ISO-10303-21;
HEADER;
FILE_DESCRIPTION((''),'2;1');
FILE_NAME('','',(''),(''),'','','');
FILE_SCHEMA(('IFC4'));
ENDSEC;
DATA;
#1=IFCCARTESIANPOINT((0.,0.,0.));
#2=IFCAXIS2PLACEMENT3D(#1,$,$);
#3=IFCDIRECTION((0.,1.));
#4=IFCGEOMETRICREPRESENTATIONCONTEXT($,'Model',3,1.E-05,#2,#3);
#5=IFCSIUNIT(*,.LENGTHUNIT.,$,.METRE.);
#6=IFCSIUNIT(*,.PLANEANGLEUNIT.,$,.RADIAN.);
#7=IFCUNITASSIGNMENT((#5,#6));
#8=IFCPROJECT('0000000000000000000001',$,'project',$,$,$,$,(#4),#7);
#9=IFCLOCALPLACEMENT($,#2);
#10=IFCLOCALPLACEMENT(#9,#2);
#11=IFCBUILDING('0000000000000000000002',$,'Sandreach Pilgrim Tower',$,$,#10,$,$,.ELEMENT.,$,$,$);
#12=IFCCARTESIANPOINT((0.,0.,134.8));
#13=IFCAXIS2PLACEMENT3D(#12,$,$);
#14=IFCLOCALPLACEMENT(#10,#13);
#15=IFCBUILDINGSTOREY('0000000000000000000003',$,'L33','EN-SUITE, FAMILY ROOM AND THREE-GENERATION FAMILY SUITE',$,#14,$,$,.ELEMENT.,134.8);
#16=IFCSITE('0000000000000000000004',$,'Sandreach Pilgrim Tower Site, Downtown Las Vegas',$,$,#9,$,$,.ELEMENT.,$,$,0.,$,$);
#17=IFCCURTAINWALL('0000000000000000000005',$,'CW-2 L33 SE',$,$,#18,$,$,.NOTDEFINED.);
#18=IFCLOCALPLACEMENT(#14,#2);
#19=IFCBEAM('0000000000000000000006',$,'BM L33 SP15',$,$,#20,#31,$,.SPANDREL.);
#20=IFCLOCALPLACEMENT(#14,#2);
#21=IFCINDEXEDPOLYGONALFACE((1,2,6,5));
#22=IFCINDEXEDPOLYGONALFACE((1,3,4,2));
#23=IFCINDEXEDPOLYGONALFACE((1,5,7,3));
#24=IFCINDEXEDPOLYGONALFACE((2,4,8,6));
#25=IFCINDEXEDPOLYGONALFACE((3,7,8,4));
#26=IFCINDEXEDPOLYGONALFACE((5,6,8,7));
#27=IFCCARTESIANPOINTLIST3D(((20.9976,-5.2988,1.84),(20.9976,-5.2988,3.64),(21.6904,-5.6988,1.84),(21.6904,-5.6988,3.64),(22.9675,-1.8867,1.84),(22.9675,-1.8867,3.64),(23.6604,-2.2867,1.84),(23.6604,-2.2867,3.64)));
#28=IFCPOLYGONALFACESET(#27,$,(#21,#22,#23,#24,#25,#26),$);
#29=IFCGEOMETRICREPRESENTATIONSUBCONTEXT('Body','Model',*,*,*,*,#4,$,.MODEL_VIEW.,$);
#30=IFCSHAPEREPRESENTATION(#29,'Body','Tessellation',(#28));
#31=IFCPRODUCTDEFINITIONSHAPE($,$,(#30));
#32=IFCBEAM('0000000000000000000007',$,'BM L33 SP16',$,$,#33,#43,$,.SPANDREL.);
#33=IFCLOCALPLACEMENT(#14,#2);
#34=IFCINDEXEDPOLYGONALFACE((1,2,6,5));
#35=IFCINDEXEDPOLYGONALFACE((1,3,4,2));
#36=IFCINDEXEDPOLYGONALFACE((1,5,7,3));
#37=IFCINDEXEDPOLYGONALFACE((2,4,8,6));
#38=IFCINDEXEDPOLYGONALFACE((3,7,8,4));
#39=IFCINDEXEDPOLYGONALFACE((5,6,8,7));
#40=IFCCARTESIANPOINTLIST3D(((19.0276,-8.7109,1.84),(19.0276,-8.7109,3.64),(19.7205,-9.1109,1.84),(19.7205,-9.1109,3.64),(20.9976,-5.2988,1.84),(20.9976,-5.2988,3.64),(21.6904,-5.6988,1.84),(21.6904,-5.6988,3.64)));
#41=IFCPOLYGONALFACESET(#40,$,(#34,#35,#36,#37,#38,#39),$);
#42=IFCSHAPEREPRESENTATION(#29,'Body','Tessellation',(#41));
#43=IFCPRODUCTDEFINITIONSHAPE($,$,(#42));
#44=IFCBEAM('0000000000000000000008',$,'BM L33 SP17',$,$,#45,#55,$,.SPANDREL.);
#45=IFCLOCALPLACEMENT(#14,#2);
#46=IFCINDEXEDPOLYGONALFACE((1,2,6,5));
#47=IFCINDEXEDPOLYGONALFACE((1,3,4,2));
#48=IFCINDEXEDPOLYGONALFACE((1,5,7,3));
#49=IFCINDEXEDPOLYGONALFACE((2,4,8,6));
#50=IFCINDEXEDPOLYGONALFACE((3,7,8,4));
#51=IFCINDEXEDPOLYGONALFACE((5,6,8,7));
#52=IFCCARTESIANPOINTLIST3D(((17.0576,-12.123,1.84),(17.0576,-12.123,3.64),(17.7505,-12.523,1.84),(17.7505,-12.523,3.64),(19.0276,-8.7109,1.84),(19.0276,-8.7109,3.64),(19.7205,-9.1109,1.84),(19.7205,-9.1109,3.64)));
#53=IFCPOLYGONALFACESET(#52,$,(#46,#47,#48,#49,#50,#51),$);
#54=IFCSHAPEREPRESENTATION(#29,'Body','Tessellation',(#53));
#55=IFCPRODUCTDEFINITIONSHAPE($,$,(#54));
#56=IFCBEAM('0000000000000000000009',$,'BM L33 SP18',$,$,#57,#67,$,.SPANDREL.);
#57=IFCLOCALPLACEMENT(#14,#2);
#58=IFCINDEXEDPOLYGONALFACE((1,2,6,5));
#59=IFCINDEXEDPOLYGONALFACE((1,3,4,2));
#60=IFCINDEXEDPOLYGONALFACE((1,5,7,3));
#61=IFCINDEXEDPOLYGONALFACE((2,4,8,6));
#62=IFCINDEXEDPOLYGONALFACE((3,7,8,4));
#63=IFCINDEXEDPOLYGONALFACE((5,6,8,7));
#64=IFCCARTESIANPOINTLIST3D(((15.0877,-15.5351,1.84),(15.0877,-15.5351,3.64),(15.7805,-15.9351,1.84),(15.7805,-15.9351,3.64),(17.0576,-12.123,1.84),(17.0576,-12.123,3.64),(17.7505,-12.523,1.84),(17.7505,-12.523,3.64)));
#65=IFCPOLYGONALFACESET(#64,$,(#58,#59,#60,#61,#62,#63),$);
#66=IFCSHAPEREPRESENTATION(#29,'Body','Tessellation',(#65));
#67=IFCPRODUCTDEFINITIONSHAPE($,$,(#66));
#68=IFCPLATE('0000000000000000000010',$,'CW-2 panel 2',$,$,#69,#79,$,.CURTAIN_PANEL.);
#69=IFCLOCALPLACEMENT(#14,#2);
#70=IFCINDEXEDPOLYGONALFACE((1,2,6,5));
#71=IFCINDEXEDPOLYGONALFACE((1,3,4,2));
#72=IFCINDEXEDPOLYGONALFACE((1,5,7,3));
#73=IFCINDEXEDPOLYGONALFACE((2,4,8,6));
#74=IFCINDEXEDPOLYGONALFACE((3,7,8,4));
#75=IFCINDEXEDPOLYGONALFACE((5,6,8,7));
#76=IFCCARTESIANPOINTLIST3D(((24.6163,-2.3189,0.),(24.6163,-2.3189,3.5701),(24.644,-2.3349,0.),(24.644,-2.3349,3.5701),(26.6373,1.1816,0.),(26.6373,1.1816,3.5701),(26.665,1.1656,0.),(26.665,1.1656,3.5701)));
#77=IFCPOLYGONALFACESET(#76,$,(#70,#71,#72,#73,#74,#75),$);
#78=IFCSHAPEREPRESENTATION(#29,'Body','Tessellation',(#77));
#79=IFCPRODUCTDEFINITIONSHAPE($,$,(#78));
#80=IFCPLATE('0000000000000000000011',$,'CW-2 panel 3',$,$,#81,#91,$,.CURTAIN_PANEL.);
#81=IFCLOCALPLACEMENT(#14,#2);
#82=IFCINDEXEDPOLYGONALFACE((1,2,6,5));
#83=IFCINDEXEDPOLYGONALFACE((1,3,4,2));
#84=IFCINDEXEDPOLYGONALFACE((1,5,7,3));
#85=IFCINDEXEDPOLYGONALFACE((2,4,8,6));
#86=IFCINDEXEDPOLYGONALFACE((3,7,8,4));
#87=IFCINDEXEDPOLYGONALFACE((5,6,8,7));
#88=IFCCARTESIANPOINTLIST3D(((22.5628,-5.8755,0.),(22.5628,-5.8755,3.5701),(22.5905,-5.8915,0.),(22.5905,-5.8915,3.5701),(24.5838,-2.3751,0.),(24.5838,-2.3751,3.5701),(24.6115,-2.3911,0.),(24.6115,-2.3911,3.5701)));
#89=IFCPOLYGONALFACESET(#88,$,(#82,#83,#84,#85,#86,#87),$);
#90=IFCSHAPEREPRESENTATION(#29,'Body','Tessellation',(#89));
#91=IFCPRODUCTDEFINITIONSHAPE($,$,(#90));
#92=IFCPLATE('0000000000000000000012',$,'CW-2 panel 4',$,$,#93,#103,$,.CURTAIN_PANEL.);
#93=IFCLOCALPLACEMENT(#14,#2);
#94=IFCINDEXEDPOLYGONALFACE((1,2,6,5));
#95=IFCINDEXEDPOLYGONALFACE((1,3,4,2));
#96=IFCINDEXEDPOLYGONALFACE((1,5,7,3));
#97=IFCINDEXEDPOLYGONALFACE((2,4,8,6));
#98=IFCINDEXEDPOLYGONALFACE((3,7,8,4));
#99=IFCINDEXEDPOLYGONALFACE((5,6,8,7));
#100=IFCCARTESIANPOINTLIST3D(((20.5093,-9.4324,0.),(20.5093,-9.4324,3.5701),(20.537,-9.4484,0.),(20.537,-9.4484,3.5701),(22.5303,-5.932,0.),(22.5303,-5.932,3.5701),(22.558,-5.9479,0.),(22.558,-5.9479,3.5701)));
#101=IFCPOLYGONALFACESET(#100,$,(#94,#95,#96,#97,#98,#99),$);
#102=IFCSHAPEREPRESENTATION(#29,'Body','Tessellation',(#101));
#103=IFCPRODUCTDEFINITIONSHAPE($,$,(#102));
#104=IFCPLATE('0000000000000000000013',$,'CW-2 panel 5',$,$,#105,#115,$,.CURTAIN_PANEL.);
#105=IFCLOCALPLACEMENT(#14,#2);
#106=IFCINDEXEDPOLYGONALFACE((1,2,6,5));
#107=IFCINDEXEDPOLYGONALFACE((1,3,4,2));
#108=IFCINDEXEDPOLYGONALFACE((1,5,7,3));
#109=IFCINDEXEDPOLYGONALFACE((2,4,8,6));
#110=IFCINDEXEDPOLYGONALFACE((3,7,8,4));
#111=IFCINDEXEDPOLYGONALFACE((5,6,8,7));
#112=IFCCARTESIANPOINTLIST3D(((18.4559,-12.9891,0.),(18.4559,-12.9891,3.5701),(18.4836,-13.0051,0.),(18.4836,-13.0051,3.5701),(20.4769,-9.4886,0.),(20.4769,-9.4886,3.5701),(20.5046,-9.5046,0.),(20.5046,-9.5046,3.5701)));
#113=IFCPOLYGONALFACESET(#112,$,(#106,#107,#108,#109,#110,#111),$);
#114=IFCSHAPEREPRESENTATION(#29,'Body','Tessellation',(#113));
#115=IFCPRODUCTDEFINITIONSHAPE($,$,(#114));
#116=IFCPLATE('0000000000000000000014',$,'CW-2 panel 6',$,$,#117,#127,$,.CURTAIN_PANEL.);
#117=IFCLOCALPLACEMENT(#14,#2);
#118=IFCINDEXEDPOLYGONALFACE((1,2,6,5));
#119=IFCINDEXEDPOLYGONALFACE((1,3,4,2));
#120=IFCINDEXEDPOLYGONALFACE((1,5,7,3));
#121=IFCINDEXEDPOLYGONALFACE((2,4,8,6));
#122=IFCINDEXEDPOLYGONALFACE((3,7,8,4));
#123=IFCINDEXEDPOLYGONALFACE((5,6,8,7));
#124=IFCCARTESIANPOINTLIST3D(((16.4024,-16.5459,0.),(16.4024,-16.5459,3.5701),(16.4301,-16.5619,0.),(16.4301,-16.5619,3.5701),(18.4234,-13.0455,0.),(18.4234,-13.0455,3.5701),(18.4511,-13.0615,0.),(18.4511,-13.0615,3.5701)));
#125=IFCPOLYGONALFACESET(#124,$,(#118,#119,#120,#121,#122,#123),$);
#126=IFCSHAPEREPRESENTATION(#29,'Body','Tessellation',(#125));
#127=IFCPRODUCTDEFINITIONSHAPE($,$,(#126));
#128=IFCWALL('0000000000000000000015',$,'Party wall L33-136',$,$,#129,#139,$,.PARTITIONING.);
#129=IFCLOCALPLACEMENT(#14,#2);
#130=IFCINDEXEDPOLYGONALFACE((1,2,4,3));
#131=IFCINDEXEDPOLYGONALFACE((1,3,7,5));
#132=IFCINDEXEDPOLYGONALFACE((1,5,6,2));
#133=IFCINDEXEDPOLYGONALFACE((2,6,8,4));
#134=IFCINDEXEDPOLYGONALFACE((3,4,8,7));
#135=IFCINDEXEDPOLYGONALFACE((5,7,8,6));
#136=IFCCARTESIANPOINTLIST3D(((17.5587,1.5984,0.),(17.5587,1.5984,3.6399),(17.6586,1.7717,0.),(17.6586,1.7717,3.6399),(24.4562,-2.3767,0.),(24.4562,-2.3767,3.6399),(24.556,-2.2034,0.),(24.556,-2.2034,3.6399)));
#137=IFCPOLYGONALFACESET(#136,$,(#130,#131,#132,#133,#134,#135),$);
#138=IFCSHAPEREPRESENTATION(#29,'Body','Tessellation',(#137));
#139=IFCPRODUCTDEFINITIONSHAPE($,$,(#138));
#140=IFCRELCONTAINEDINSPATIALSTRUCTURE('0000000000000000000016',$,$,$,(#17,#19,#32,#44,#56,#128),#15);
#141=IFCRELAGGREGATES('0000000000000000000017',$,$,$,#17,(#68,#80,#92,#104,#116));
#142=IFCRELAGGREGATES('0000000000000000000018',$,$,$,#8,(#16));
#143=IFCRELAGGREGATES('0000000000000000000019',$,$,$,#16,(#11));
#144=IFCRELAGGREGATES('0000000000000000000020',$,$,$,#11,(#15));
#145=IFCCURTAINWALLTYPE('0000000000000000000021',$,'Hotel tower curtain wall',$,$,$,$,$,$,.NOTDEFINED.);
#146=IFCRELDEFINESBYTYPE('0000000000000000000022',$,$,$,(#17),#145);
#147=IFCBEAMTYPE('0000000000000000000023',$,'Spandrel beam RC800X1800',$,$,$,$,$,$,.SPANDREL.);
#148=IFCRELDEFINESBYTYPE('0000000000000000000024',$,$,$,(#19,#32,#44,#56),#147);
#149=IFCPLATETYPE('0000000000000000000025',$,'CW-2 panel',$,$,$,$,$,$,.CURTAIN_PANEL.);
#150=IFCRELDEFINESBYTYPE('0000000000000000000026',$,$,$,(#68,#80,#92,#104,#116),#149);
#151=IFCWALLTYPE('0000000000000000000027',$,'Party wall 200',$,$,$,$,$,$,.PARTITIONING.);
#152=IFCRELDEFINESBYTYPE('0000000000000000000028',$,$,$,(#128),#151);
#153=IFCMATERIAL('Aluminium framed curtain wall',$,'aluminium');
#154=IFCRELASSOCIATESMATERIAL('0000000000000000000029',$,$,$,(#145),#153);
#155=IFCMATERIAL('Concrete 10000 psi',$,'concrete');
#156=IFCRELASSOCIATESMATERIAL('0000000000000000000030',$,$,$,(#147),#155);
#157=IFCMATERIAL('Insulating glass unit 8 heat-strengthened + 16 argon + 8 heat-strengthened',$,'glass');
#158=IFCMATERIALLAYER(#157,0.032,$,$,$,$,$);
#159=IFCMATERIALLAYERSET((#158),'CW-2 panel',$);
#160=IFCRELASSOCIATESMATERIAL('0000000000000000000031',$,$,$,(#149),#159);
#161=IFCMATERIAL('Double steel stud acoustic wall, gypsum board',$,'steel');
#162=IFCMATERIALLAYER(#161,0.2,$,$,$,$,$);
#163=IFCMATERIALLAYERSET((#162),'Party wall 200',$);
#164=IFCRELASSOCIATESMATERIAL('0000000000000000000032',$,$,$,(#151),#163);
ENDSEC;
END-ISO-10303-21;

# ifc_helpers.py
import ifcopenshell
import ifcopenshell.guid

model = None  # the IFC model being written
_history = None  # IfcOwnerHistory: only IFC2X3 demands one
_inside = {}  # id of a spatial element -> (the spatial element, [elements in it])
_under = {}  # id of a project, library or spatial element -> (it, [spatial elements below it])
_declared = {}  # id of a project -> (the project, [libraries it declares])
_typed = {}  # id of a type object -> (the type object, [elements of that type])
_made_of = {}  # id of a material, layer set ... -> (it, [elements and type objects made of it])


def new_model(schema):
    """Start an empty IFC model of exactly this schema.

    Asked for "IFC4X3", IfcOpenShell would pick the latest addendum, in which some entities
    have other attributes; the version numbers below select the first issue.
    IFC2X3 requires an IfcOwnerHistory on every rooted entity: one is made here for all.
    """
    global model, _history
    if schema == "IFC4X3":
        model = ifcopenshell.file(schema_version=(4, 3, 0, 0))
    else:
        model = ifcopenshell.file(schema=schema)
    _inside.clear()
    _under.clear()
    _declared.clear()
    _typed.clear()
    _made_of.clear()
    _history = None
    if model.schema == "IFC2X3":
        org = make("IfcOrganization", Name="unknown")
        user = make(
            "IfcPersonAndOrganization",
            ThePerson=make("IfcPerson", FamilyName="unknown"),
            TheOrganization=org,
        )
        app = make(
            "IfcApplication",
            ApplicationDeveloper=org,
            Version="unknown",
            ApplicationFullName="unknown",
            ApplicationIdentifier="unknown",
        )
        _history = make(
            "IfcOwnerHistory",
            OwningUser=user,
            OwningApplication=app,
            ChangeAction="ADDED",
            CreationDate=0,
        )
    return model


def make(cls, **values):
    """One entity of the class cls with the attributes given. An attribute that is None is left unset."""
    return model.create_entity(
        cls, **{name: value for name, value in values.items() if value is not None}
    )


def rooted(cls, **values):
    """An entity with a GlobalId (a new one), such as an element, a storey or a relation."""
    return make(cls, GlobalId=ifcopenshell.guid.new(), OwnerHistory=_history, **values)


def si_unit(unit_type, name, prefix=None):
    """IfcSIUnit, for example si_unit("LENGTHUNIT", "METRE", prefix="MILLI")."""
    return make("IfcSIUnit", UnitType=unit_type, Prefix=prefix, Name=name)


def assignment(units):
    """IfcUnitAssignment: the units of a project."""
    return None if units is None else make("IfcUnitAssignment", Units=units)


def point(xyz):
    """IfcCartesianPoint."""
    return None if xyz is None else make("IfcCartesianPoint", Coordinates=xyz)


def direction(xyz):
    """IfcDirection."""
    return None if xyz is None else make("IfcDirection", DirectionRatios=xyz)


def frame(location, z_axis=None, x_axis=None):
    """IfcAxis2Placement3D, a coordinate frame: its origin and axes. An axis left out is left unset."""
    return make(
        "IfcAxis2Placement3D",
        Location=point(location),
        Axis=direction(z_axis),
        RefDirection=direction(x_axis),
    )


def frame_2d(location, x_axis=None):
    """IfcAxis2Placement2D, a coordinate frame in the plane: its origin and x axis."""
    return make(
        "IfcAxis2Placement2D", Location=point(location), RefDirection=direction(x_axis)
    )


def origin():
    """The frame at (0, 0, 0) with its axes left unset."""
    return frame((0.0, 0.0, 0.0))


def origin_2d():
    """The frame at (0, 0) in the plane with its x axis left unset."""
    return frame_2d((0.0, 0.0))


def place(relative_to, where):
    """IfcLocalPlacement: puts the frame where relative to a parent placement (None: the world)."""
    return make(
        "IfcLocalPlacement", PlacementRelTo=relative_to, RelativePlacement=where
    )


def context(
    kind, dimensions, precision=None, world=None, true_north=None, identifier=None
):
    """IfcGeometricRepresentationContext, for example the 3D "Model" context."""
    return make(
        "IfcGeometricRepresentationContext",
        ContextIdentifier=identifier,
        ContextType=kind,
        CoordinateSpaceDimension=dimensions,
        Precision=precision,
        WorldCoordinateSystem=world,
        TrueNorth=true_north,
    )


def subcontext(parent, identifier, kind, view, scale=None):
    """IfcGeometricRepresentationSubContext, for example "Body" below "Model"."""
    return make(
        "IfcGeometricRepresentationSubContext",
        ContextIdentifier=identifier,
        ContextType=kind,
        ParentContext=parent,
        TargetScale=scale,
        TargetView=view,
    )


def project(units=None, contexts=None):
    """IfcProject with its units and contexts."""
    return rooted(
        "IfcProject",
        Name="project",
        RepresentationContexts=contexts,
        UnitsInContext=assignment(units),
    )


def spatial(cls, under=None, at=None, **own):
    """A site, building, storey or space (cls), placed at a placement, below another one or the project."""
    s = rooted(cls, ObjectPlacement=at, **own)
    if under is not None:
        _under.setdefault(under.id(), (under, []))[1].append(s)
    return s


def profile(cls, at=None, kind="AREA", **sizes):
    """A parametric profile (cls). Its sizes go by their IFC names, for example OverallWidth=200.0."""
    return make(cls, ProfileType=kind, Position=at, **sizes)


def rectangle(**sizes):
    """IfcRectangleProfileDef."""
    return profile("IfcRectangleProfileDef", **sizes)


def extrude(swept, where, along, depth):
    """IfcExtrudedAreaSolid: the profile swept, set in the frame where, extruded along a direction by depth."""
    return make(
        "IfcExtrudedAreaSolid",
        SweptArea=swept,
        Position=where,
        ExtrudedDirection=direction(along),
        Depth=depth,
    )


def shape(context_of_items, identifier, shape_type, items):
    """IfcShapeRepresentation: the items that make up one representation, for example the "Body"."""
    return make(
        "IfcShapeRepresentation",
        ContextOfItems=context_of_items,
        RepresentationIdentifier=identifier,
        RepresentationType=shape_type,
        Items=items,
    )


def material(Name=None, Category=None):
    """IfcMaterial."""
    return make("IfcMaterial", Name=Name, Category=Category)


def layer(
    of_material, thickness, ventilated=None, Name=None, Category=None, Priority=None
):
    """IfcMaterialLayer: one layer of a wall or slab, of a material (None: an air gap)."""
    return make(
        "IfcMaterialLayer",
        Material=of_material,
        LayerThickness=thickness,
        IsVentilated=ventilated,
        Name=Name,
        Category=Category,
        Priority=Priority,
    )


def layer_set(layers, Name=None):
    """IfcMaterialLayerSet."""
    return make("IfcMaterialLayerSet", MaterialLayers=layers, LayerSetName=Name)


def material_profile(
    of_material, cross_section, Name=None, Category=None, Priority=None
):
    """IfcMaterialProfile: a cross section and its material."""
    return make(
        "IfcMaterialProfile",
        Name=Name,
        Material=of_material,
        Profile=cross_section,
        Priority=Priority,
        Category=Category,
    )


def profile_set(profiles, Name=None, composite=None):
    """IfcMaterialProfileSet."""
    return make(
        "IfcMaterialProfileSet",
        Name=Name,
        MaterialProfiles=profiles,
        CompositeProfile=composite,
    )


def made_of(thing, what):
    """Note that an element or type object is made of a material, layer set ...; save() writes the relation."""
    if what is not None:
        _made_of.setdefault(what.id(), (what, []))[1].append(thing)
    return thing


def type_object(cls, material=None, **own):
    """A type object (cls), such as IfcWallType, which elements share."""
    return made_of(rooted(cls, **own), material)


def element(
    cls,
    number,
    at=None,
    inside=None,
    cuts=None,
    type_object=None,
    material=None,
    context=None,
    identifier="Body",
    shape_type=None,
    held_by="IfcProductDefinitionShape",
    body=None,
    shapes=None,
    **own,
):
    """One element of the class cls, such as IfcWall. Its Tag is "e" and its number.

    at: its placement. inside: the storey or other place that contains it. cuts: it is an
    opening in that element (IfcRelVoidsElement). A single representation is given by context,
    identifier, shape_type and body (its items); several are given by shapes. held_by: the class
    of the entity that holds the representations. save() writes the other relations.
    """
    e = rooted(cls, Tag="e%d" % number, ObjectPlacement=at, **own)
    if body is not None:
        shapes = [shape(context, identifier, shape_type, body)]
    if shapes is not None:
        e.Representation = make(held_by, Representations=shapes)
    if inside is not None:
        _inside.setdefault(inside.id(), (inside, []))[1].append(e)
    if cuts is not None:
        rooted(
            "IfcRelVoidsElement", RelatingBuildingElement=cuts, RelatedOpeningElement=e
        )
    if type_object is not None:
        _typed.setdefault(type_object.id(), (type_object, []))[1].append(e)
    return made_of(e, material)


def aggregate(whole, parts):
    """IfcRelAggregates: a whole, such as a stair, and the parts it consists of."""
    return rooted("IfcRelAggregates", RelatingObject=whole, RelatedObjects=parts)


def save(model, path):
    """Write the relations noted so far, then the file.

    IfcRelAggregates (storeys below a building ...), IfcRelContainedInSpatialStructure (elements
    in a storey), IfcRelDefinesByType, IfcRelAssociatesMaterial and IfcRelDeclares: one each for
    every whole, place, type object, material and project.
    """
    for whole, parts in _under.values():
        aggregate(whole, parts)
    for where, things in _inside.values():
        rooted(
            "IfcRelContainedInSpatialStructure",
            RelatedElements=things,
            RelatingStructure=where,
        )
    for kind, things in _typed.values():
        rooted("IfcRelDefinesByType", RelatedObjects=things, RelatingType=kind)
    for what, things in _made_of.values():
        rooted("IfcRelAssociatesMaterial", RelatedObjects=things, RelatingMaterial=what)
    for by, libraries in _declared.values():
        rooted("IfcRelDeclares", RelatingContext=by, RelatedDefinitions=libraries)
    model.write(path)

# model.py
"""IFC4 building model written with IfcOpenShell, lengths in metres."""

from ifc_helpers import new_model, si_unit, direction, frame, frame_2d, origin, origin_2d, place, context, subcontext, project, spatial, rectangle, extrude, material, layer, layer_set, material_profile, profile_set, type_object, element, aggregate, save


model = new_model("IFC4")

# Units and contexts
model_context = context("Model", 3, precision=1e-05, world=origin(), true_north=direction((0.0, 1.0)))
body_context = subcontext(model_context, "Body", "Model", "MODEL_VIEW")
ifc_project = project(units=[si_unit("LENGTHUNIT", "METRE"), si_unit("PLANEANGLEUNIT", "RADIAN")], contexts=[model_context])

# Site, building, storey
site_placement = place(None, origin())
site = spatial("IfcSite", under=ifc_project, at=site_placement, Name="Sandreach Pilgrim Tower Site, Downtown Las Vegas", CompositionType="ELEMENT", RefElevation=0.0)
building_placement = place(site_placement, origin())
building = spatial("IfcBuilding", under=site, at=building_placement, Name="Sandreach Pilgrim Tower", CompositionType="ELEMENT")
storey_placement = place(building_placement, frame((0.0, 0.0, 134.8)))
storey = spatial("IfcBuildingStorey", under=building, at=storey_placement, Name="L33", Description="EN-SUITE, FAMILY ROOM AND THREE-GENERATION FAMILY SUITE", CompositionType="ELEMENT", Elevation=134.8)

# Curtain wall
ifc_material_1 = material(Name="Aluminium framed curtain wall", Category="aluminium")
curtain_wall_type = type_object("IfcCurtainWallType", Name="Hotel tower curtain wall", PredefinedType="NOTDEFINED", material=ifc_material_1)
curtain_wall_placement = place(storey_placement, origin())
curtain_wall = element("IfcCurtainWall", 1, at=curtain_wall_placement, inside=storey, type_object=curtain_wall_type, Name="CW-2 L33 SE", PredefinedType="NOTDEFINED")

# Beams
ifc_material_2 = material(Name="Concrete 10000 psi", Category="concrete")
ifc_material_profile_1 = material_profile(ifc_material_2, rectangle(XDim=0.8, YDim=1.8, at=origin_2d()), Name="RC800X1800")
ifc_profile_set_1 = profile_set([ifc_material_profile_1], Name="Concrete 10000 psi")
beam_type_1 = type_object("IfcBeamType", Name="Spandrel beam RC800X1800", PredefinedType="SPANDREL", material=ifc_profile_set_1)
for number, where, z_axis, x_axis, name in (
    (2, (23.314, -2.0867, 2.74), (-0.499998, -0.866027, 0.0), (0.866027, -0.499998, 0.0), "BM L33 SP15"),
    (3, (21.344, -5.4988, 2.74), (-0.499998, -0.866027, 0.0), (0.866027, -0.499998, 0.0), "BM L33 SP16"),
    (4, (19.374, -8.9109, 2.74), (-0.499998, -0.866027, 0.0), (0.866027, -0.499998, 0.0), "BM L33 SP17"),
    (5, (17.4041, -12.323, 2.74), (-0.499998, -0.866027, 0.0), (0.866027, -0.499998, 0.0), "BM L33 SP18"),
):
    element("IfcBeam", number, at=place(storey_placement, frame(where, z_axis=z_axis, x_axis=x_axis)), inside=storey, type_object=beam_type_1, Name=name, PredefinedType="SPANDREL", context=body_context, shape_type="SweptSolid", body=[
        extrude(rectangle(XDim=0.8, YDim=1.8, at=origin_2d()), origin(), (0.0, 0.0, 1.0), 3.9399),
    ])

# Plates
ifc_material_3 = material(Name="Insulating glass unit 8 heat-strengthened + 16 argon + 8 heat-strengthened", Category="glass")
ifc_layer_1 = layer(ifc_material_3, 0.032)
ifc_layer_set_1 = layer_set([ifc_layer_1], Name="CW-2 panel")
plate_type = type_object("IfcPlateType", Name="CW-2 panel", PredefinedType="CURTAIN_PANEL", material=ifc_layer_set_1)
plate_1_placement = place(storey_placement, frame((25.6406, -0.5767, 0.0), z_axis=(0.0, 0.0, 1.0), x_axis=(-0.5, -0.866025, 0.0)))
plate_1 = element("IfcPlate", 6, at=plate_1_placement, type_object=plate_type, Name="CW-2 panel 2", PredefinedType="CURTAIN_PANEL", context=body_context, shape_type="SweptSolid", body=[
    extrude(rectangle(XDim=4.042, YDim=0.032, at=origin_2d()), origin(), (0.0, 0.0, 1.0), 3.5701),
])
plate_2_placement = place(storey_placement, frame((23.5872, -4.1333, 0.0), z_axis=(0.0, 0.0, 1.0), x_axis=(-0.5, -0.866025, 0.0)))
plate_2 = element("IfcPlate", 7, at=plate_2_placement, type_object=plate_type, Name="CW-2 panel 3", PredefinedType="CURTAIN_PANEL", context=body_context, shape_type="SweptSolid", body=[
    extrude(rectangle(XDim=4.042, YDim=0.032, at=origin_2d()), origin(), (0.0, 0.0, 1.0), 3.5701),
])
plate_3_placement = place(storey_placement, frame((21.5337, -7.6902, 0.0), z_axis=(0.0, 0.0, 1.0), x_axis=(-0.5, -0.866025, 0.0)))
plate_3 = element("IfcPlate", 8, at=plate_3_placement, type_object=plate_type, Name="CW-2 panel 4", PredefinedType="CURTAIN_PANEL", context=body_context, shape_type="SweptSolid", body=[
    extrude(rectangle(XDim=4.042, YDim=0.032, at=origin_2d()), origin(), (0.0, 0.0, 1.0), 3.5701),
])
plate_4_placement = place(storey_placement, frame((19.4802, -11.2468, 0.0), z_axis=(0.0, 0.0, 1.0), x_axis=(-0.5, -0.866025, 0.0)))
plate_4 = element("IfcPlate", 9, at=plate_4_placement, type_object=plate_type, Name="CW-2 panel 5", PredefinedType="CURTAIN_PANEL", context=body_context, shape_type="SweptSolid", body=[
    extrude(rectangle(XDim=4.042, YDim=0.032, at=origin_2d()), origin(), (0.0, 0.0, 1.0), 3.5701),
])
plate_5_placement = place(storey_placement, frame((17.4268, -14.8037, 0.0), z_axis=(0.0, 0.0, 1.0), x_axis=(-0.5, -0.866025, 0.0)))
plate_5 = element("IfcPlate", 10, at=plate_5_placement, type_object=plate_type, Name="CW-2 panel 6", PredefinedType="CURTAIN_PANEL", context=body_context, shape_type="SweptSolid", body=[
    extrude(rectangle(XDim=4.042, YDim=0.032, at=origin_2d()), origin(), (0.0, 0.0, 1.0), 3.5701),
])
aggregate(curtain_wall, [plate_1, plate_2, plate_3, plate_4, plate_5])

# Wall
ifc_material_4 = material(Name="Double steel stud acoustic wall, gypsum board", Category="steel")
ifc_layer_2 = layer(ifc_material_4, 0.2)
ifc_layer_set_2 = layer_set([ifc_layer_2], Name="Party wall 200")
wall_type = type_object("IfcWallType", Name="Party wall 200", PredefinedType="PARTITIONING", material=ifc_layer_set_2)
wall_placement = place(storey_placement, frame((24.5061, -2.29, 0.0), z_axis=(0.0, 0.0, 1.0), x_axis=(-0.866414, 0.499326, 0.0)))
element("IfcWall", 11, at=wall_placement, inside=storey, type_object=wall_type, Name="Party wall L33-136", PredefinedType="PARTITIONING", context=body_context, shape_type="SweptSolid", body=[
    extrude(rectangle(XDim=7.9609, YDim=0.2, at=frame_2d((3.9805, 0.0))), origin(), (0.0, 0.0, 1.0), 3.6399),
])

save(model, "model.ifc")
